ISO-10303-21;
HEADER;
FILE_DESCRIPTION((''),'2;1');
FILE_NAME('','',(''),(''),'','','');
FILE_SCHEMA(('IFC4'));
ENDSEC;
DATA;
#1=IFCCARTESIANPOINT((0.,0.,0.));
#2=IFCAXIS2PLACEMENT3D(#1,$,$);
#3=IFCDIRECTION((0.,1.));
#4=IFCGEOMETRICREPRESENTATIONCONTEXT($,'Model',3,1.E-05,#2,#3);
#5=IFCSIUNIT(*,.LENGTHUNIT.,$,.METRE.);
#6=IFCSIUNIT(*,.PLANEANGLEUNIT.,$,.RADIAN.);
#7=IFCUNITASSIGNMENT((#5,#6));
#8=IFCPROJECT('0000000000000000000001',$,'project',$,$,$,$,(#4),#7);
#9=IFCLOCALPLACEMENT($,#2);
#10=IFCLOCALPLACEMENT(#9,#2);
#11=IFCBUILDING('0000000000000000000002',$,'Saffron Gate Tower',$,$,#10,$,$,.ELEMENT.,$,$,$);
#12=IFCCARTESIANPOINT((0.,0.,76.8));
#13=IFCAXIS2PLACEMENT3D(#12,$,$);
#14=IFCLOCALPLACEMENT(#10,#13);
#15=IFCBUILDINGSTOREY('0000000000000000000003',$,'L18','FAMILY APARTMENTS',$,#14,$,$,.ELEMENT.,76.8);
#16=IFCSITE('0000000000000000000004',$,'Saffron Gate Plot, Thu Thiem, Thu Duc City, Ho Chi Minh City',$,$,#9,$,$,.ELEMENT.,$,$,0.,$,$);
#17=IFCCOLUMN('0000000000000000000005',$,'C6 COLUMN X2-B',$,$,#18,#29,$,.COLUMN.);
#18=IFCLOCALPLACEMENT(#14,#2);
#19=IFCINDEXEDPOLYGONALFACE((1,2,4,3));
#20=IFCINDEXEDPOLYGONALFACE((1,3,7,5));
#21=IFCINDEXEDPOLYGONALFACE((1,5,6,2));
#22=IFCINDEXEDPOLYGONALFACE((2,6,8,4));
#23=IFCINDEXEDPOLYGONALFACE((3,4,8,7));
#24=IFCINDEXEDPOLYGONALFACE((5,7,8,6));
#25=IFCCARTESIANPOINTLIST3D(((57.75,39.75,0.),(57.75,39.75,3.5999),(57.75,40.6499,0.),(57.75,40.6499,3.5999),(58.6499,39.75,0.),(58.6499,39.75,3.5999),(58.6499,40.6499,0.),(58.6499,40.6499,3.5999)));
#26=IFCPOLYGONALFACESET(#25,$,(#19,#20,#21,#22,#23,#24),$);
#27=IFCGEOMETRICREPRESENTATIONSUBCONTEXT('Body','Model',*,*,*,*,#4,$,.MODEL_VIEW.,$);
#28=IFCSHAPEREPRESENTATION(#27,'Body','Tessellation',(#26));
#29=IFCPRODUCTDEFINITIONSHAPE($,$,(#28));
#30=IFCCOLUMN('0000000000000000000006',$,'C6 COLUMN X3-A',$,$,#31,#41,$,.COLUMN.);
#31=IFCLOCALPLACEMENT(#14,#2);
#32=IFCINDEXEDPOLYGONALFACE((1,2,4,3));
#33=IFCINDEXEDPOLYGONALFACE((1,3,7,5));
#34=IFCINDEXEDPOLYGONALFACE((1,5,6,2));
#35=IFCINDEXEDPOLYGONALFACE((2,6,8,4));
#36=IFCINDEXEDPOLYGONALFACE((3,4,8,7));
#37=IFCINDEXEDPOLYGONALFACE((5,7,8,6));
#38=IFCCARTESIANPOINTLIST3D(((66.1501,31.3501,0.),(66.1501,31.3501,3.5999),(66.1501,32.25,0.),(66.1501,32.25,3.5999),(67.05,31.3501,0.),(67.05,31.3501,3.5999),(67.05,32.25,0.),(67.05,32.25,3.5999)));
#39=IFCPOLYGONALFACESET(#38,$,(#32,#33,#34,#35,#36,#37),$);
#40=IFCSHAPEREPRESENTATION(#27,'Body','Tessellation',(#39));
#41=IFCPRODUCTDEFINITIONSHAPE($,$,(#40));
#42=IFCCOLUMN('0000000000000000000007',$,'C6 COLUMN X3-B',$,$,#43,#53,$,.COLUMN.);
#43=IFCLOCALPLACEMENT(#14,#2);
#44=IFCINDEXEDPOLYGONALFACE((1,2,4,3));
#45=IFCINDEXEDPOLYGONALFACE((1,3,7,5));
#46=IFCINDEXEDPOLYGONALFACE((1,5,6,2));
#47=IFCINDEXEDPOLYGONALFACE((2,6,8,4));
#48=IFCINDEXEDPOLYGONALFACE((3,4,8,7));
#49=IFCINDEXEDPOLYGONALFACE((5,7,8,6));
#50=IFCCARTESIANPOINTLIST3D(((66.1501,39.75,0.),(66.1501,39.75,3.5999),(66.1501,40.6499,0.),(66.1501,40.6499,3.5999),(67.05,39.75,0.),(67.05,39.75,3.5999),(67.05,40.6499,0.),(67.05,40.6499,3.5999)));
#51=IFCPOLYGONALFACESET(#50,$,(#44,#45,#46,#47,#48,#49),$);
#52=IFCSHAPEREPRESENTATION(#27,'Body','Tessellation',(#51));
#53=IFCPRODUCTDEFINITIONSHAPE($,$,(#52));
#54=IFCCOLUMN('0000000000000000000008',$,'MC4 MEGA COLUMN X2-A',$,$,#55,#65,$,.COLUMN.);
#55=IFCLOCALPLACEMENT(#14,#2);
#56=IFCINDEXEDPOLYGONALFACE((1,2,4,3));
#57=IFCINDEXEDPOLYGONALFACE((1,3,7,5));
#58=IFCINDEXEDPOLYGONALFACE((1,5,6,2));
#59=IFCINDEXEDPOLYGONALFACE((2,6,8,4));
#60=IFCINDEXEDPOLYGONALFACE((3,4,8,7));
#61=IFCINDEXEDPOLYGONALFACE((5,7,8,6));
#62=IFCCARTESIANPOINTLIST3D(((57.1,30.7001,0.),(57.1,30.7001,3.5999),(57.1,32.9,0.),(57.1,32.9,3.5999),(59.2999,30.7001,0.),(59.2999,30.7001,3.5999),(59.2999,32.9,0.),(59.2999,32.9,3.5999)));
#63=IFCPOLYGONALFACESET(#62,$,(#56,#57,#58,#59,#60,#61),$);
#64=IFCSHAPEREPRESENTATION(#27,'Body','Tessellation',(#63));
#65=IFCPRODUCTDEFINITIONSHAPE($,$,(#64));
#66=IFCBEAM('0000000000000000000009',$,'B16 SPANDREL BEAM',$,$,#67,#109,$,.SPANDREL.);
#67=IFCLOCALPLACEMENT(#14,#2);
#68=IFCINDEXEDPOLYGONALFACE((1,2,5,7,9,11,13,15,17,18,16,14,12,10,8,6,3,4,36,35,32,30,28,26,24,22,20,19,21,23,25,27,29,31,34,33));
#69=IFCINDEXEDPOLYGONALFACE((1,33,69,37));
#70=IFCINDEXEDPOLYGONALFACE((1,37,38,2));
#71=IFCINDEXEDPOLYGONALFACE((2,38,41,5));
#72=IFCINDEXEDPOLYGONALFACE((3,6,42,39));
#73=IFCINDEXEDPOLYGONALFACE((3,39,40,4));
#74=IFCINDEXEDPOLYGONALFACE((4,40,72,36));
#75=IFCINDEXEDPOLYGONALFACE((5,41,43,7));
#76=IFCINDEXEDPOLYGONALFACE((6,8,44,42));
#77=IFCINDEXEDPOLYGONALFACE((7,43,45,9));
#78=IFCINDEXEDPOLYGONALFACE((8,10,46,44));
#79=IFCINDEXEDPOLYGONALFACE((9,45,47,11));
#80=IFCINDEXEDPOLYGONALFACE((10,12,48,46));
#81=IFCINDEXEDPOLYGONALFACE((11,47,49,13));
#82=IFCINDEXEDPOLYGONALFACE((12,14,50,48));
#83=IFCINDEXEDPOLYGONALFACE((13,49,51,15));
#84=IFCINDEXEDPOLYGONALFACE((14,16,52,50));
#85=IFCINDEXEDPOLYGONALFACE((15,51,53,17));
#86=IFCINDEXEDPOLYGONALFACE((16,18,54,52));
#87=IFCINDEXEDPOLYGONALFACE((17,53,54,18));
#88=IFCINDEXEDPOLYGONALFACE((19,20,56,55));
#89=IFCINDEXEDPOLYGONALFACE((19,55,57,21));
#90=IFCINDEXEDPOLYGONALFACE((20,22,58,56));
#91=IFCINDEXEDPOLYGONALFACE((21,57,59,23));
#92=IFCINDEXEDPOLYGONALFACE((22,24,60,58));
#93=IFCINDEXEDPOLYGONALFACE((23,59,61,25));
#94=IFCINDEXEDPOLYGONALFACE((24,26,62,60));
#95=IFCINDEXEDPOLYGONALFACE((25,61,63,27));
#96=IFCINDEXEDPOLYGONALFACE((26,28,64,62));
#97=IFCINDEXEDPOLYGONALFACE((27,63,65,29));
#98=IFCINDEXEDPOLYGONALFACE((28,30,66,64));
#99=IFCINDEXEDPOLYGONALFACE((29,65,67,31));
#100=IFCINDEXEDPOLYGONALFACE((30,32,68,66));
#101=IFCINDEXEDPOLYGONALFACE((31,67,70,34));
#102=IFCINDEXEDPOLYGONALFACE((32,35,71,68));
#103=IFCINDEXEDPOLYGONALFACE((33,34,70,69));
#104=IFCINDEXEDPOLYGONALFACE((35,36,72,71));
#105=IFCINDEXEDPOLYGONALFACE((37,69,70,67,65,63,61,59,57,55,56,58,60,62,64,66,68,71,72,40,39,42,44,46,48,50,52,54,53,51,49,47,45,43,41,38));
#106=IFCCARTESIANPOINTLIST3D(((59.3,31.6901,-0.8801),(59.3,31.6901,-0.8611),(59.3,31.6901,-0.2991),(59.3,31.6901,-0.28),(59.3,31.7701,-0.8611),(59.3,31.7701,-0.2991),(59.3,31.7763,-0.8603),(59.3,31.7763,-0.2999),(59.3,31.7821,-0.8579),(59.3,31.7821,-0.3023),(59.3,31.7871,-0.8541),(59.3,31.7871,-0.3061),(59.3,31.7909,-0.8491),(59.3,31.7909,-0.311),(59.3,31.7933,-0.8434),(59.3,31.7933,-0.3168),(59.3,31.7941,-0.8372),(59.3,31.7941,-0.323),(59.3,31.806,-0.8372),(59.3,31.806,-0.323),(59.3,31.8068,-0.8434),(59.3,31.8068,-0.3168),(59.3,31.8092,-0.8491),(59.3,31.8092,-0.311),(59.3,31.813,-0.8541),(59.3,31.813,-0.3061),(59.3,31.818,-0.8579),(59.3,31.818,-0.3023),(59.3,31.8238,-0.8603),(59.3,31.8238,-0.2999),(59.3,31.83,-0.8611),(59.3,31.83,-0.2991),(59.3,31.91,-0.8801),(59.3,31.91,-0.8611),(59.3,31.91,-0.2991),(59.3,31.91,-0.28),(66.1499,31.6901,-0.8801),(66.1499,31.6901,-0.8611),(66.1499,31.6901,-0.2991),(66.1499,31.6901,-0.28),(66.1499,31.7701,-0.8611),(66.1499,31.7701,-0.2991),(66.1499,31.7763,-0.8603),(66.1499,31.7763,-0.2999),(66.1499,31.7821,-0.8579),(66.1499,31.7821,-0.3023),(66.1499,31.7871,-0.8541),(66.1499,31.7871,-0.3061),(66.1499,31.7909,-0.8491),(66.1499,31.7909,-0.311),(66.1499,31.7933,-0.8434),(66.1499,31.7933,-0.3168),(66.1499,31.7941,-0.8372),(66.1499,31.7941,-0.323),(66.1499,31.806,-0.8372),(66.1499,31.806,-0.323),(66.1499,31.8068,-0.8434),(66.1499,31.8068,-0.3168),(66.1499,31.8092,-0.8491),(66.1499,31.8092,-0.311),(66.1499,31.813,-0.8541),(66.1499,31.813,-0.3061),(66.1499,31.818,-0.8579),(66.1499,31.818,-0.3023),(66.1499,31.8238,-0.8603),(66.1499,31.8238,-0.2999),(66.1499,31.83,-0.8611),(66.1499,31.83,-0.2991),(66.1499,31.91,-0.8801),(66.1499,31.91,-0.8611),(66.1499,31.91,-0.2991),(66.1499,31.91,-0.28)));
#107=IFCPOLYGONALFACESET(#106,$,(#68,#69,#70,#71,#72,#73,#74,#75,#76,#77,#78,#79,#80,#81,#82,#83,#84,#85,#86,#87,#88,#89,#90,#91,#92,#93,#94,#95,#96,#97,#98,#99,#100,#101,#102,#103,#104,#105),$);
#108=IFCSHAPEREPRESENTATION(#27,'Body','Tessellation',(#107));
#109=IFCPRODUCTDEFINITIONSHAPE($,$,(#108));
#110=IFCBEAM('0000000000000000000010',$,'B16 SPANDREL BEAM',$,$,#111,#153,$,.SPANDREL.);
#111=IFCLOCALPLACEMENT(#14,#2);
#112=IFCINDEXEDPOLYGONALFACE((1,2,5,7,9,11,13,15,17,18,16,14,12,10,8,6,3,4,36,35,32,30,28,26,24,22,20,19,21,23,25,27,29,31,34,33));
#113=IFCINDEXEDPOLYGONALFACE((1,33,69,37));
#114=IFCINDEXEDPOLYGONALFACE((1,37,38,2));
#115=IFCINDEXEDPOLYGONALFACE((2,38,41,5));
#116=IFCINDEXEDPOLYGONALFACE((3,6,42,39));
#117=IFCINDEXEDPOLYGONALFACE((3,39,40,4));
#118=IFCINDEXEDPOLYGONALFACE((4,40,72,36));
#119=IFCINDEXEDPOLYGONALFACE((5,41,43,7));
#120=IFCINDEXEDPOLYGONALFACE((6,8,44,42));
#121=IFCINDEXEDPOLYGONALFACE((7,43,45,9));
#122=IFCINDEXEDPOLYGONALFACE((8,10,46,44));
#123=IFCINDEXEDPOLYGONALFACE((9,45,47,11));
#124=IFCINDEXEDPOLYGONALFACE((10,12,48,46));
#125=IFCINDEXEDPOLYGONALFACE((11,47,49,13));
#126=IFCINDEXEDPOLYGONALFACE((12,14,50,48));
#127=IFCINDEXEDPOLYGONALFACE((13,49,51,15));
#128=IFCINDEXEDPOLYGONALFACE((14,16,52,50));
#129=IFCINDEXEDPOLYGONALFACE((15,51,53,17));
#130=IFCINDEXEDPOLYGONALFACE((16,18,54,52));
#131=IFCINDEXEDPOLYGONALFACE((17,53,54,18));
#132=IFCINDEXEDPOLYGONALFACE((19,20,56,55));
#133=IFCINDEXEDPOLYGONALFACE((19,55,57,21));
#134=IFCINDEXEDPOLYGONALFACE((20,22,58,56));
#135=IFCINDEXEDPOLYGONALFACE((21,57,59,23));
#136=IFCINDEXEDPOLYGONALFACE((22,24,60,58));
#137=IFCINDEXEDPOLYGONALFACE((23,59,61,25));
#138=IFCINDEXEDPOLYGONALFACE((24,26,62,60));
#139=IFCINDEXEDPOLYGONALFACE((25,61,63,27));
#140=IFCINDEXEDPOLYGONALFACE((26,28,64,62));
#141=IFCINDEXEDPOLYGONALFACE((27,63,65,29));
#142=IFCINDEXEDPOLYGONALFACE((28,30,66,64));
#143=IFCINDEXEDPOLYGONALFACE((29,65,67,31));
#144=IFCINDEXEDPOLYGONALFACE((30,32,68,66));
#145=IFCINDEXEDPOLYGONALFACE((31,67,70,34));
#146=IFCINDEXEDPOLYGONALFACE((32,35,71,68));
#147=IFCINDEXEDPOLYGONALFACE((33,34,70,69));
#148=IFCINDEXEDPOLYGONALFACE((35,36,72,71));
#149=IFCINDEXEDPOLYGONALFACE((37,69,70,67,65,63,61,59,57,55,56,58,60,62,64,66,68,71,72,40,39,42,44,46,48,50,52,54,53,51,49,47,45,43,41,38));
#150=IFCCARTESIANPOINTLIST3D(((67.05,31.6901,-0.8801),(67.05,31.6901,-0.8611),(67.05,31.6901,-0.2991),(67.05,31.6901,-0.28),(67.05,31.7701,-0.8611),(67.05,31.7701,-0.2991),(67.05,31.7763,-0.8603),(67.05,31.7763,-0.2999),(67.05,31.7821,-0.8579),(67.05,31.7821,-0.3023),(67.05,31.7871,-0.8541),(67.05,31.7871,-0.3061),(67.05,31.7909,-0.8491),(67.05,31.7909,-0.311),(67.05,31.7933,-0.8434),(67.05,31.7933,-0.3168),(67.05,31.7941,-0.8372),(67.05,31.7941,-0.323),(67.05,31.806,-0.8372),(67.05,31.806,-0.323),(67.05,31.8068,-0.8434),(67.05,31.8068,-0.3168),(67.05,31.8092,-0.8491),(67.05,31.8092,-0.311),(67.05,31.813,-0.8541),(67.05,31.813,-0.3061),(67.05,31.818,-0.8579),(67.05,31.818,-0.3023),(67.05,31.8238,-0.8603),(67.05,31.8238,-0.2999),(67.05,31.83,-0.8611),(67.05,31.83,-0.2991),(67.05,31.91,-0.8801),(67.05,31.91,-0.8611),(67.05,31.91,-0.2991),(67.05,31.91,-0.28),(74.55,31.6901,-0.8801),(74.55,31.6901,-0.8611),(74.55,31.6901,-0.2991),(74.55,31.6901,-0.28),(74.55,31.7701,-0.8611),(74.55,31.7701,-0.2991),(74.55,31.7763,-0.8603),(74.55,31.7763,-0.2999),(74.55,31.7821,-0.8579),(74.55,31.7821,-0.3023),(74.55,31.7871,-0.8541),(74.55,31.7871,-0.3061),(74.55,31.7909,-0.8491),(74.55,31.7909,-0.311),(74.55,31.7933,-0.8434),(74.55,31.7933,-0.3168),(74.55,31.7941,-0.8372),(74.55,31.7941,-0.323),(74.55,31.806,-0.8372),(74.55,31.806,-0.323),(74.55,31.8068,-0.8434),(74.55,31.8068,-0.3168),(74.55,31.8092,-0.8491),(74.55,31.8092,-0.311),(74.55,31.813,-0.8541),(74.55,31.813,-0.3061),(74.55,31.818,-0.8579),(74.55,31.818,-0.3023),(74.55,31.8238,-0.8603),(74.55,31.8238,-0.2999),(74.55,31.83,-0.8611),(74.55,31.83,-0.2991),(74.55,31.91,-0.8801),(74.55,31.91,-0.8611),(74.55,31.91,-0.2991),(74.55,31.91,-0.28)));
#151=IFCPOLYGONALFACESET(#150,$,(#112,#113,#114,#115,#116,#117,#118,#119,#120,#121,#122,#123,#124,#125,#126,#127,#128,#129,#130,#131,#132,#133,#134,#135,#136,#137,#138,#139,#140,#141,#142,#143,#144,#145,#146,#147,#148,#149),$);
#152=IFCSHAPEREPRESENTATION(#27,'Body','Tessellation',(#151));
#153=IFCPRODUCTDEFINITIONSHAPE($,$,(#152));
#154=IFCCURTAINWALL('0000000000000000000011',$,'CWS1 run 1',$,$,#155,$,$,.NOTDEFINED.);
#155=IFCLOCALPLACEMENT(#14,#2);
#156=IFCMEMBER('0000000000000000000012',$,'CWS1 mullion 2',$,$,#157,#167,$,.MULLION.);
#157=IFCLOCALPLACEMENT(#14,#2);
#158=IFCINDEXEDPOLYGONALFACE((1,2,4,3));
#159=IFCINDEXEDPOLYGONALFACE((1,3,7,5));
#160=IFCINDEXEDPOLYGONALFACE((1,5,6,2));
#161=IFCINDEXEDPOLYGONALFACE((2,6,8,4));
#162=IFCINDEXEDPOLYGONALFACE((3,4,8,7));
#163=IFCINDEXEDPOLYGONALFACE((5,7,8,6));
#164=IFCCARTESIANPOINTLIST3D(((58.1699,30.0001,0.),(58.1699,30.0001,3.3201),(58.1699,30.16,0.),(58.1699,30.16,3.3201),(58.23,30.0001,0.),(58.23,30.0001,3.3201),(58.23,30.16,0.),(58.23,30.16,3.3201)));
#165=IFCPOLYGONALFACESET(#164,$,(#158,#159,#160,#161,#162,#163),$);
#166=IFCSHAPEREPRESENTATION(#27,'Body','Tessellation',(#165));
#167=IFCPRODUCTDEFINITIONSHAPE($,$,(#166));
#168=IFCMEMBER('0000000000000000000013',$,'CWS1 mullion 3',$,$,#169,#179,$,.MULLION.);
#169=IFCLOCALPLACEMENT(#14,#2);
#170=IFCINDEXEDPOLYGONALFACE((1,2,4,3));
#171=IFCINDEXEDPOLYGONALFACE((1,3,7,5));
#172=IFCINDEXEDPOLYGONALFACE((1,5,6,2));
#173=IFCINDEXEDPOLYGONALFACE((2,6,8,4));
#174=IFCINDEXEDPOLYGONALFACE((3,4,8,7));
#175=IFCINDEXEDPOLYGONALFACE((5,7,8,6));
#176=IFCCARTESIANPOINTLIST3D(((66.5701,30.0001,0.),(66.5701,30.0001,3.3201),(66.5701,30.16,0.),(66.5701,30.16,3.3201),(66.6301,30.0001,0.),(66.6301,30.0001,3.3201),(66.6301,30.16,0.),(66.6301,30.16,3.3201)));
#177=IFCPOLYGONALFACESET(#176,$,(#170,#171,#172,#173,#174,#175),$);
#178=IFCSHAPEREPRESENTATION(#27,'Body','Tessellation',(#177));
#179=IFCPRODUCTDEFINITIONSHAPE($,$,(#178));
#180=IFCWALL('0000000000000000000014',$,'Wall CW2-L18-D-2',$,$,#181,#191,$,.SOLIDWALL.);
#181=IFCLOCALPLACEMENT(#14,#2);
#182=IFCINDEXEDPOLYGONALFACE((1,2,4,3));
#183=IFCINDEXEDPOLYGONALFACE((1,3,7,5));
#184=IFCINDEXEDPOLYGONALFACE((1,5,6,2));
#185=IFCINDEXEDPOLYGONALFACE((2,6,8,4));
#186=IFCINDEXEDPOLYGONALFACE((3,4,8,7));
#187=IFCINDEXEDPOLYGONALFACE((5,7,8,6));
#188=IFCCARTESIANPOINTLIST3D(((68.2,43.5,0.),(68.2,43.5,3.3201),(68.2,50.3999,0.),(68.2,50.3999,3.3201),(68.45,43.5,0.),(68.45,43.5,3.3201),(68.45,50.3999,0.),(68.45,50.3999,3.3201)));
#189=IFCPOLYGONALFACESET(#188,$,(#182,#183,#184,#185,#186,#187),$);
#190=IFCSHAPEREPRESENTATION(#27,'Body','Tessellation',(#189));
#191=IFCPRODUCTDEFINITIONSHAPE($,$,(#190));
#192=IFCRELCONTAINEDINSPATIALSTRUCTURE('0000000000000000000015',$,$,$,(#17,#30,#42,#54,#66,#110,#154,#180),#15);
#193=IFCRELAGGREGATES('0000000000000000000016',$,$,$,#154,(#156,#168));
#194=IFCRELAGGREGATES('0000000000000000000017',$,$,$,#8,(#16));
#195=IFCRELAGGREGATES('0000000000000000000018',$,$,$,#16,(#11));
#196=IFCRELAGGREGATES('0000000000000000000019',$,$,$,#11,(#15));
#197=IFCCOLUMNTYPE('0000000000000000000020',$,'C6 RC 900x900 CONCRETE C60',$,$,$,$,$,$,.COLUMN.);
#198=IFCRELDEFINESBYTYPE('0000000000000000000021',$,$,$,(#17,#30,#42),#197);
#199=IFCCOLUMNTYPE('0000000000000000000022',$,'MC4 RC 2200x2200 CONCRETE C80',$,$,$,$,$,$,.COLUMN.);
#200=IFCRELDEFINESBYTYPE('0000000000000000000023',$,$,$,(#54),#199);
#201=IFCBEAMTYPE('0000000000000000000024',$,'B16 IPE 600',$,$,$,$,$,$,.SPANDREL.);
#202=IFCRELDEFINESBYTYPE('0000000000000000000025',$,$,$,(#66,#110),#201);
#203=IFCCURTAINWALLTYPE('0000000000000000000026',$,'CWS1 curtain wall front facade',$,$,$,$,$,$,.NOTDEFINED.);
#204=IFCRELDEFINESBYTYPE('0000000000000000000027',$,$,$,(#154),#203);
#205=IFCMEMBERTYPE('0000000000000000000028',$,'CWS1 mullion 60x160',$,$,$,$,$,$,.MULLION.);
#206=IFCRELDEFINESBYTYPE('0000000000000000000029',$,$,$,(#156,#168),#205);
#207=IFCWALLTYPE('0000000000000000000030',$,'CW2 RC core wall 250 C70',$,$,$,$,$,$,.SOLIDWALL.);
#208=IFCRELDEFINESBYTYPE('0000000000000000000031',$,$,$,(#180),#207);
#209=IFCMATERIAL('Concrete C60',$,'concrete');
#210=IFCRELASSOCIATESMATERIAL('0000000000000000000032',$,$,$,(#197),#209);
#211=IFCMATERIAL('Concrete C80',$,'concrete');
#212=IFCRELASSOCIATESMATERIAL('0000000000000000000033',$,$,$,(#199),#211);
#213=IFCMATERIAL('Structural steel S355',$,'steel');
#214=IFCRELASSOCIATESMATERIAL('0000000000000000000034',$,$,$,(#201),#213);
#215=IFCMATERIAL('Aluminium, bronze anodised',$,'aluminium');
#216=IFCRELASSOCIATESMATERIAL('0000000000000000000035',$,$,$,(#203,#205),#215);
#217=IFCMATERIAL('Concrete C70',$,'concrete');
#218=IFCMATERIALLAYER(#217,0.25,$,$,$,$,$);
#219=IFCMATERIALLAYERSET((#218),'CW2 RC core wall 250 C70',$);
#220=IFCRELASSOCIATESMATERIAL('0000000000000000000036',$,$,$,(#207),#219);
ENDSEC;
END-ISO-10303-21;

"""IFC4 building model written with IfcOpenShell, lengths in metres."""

from ifc_helpers import new_model, si_unit, direction, frame, frame_2d, origin, origin_2d, place, context, subcontext, project, spatial, rectangle, i_section, extrude, material, layer, layer_set, material_profile, profile_set, type_object, element, aggregate, save


model = new_model("IFC4")

# Units and contexts
model_context = context("Model", 3, precision=1e-05, world=origin(), true_north=direction((0.0, 1.0)))
body_context = subcontext(model_context, "Body", "Model", "MODEL_VIEW")
ifc_project = project(units=[si_unit("LENGTHUNIT", "METRE"), si_unit("PLANEANGLEUNIT", "RADIAN")], contexts=[model_context])

# Site, building, storey
site_placement = place(None, origin())
site = spatial("IfcSite", under=ifc_project, at=site_placement, Name="Saffron Gate Plot, Thu Thiem, Thu Duc City, Ho Chi Minh City", CompositionType="ELEMENT", RefElevation=0.0)
building_placement = place(site_placement, origin())
building = spatial("IfcBuilding", under=site, at=building_placement, Name="Saffron Gate Tower", CompositionType="ELEMENT")
storey_placement = place(building_placement, frame((0.0, 0.0, 76.8)))
storey = spatial("IfcBuildingStorey", under=building, at=storey_placement, Name="L18", Description="FAMILY APARTMENTS", CompositionType="ELEMENT", Elevation=76.8)

# Columns
ifc_material_1 = material(Name="Concrete C60", Category="concrete")
ifc_material_profile_1 = material_profile(ifc_material_1, rectangle(XDim=0.8999, YDim=0.8999, at=origin_2d()))
ifc_profile_set_1 = profile_set([ifc_material_profile_1], Name="Concrete C60")
column_type_1 = type_object("IfcColumnType", Name="C6 RC 900x900 CONCRETE C60", PredefinedType="COLUMN", material=ifc_profile_set_1)
for number, where, z_axis, x_axis, name in (
    (1, (58.2, 40.2, 0.0), (0.0, 0.0, 1.0), (1.0, 0.0, 0.0), "C6 COLUMN X2-B"),
    (2, (66.6001, 31.8, 0.0), (0.0, 0.0, 1.0), (1.0, 0.0, 0.0), "C6 COLUMN X3-A"),
    (3, (66.6001, 40.2, 0.0), (0.0, 0.0, 1.0), (1.0, 0.0, 0.0), "C6 COLUMN X3-B"),
):
    element("IfcColumn", number, at=place(storey_placement, frame(where, z_axis=z_axis, x_axis=x_axis)), inside=storey, type_object=column_type_1, Name=name, PredefinedType="COLUMN", context=body_context, shape_type="SweptSolid", body=[
        extrude(rectangle(XDim=0.8999, YDim=0.8999, at=origin_2d()), origin(), (0.0, 0.0, 1.0), 3.5999),
    ])
ifc_material_2 = material(Name="Concrete C80", Category="concrete")
ifc_material_profile_2 = material_profile(ifc_material_2, rectangle(XDim=2.2, YDim=2.2, at=origin_2d()))
ifc_profile_set_2 = profile_set([ifc_material_profile_2], Name="Concrete C80")
column_type_2 = type_object("IfcColumnType", Name="MC4 RC 2200x2200 CONCRETE C80", PredefinedType="COLUMN", material=ifc_profile_set_2)
column_placement = place(storey_placement, frame((58.2, 31.8, 0.0), z_axis=(0.0, 0.0, 1.0), x_axis=(1.0, 0.0, 0.0)))
element("IfcColumn", 4, at=column_placement, inside=storey, type_object=column_type_2, Name="MC4 MEGA COLUMN X2-A", PredefinedType="COLUMN", context=body_context, shape_type="SweptSolid", body=[
    extrude(rectangle(XDim=2.2, YDim=2.2, at=origin_2d()), origin(), (0.0, 0.0, 1.0), 3.5999),
])

# Beams
ifc_material_3 = material(Name="Structural steel S355", Category="steel")
ifc_material_profile_3 = material_profile(ifc_material_3, i_section(OverallWidth=0.22, OverallDepth=0.6001, WebThickness=0.012, FlangeThickness=0.019, FilletRadius=0.0239, at=origin_2d()))
ifc_profile_set_3 = profile_set([ifc_material_profile_3], Name="Structural steel S355")
beam_type = type_object("IfcBeamType", Name="B16 IPE 600", PredefinedType="SPANDREL", material=ifc_profile_set_3)
beam_1_placement = place(storey_placement, frame((59.3, 31.8, -0.5801), z_axis=(1.0, 0.0, 0.0), x_axis=(0.0, 1.0, 0.0)))
element("IfcBeam", 5, at=beam_1_placement, inside=storey, type_object=beam_type, Name="B16 SPANDREL BEAM", PredefinedType="SPANDREL", context=body_context, shape_type="SweptSolid", body=[
    extrude(i_section(OverallWidth=0.22, OverallDepth=0.6001, WebThickness=0.012, FlangeThickness=0.019, FilletRadius=0.0239, at=origin_2d()), origin(), (0.0, 0.0, 1.0), 6.8499),
])
beam_2_placement = place(storey_placement, frame((67.05, 31.8, -0.5801), z_axis=(1.0, 0.0, 0.0), x_axis=(0.0, 1.0, 0.0)))
element("IfcBeam", 6, at=beam_2_placement, inside=storey, type_object=beam_type, Name="B16 SPANDREL BEAM", PredefinedType="SPANDREL", context=body_context, shape_type="SweptSolid", body=[
    extrude(i_section(OverallWidth=0.22, OverallDepth=0.6001, WebThickness=0.012, FlangeThickness=0.019, FilletRadius=0.0239, at=origin_2d()), origin(), (0.0, 0.0, 1.0), 7.5),
])

# Curtain wall, members
ifc_material_4 = material(Name="Aluminium, bronze anodised", Category="aluminium")
curtain_wall_type = type_object("IfcCurtainWallType", Name="CWS1 curtain wall front facade", PredefinedType="NOTDEFINED", material=ifc_material_4)
curtain_wall_placement = place(storey_placement, origin())
curtain_wall = element("IfcCurtainWall", 7, at=curtain_wall_placement, inside=storey, type_object=curtain_wall_type, Name="CWS1 run 1", PredefinedType="NOTDEFINED")
ifc_material_profile_4 = material_profile(ifc_material_4, rectangle(XDim=0.1599, YDim=0.0601, at=origin_2d()))
ifc_profile_set_4 = profile_set([ifc_material_profile_4], Name="Aluminium, bronze anodised")
member_type = type_object("IfcMemberType", Name="CWS1 mullion 60x160", PredefinedType="MULLION", material=ifc_profile_set_4)
member_1_placement = place(storey_placement, frame((58.2, 30.0801, 0.0), z_axis=(0.0, 0.0, 1.0), x_axis=(0.0, 1.0, 0.0)))
member_1 = element("IfcMember", 8, at=member_1_placement, type_object=member_type, Name="CWS1 mullion 2", PredefinedType="MULLION", context=body_context, shape_type="SweptSolid", body=[
    extrude(rectangle(XDim=0.1599, YDim=0.0601, at=origin_2d()), origin(), (0.0, 0.0, 1.0), 3.3201),
])
member_2_placement = place(storey_placement, frame((66.6001, 30.0801, 0.0), z_axis=(0.0, 0.0, 1.0), x_axis=(0.0, 1.0, 0.0)))
member_2 = element("IfcMember", 9, at=member_2_placement, type_object=member_type, Name="CWS1 mullion 3", PredefinedType="MULLION", context=body_context, shape_type="SweptSolid", body=[
    extrude(rectangle(XDim=0.1599, YDim=0.0601, at=origin_2d()), origin(), (0.0, 0.0, 1.0), 3.3201),
])
aggregate(curtain_wall, [member_1, member_2])

# Wall
ifc_material_5 = material(Name="Concrete C70", Category="concrete")
ifc_layer_1 = layer(ifc_material_5, 0.25)
ifc_layer_set_1 = layer_set([ifc_layer_1], Name="CW2 RC core wall 250 C70")
wall_type_1 = type_object("IfcWallType", Name="CW2 RC core wall 250 C70", PredefinedType="SOLIDWALL", material=ifc_layer_set_1)
wall_1_placement = place(storey_placement, frame((68.325, 43.5, 0.0), z_axis=(0.0, 0.0, 1.0), x_axis=(0.0, 1.0, 0.0)))
element("IfcWall", 10, at=wall_1_placement, inside=storey, type_object=wall_type_1, Name="Wall CW2-L18-D-2", PredefinedType="SOLIDWALL", context=body_context, shape_type="SweptSolid", body=[
    extrude(rectangle(XDim=6.8999, YDim=0.25, at=frame_2d((3.45, 0.0))), origin(), (0.0, 0.0, 1.0), 3.3201),
])

save(model, "model.ifc")
